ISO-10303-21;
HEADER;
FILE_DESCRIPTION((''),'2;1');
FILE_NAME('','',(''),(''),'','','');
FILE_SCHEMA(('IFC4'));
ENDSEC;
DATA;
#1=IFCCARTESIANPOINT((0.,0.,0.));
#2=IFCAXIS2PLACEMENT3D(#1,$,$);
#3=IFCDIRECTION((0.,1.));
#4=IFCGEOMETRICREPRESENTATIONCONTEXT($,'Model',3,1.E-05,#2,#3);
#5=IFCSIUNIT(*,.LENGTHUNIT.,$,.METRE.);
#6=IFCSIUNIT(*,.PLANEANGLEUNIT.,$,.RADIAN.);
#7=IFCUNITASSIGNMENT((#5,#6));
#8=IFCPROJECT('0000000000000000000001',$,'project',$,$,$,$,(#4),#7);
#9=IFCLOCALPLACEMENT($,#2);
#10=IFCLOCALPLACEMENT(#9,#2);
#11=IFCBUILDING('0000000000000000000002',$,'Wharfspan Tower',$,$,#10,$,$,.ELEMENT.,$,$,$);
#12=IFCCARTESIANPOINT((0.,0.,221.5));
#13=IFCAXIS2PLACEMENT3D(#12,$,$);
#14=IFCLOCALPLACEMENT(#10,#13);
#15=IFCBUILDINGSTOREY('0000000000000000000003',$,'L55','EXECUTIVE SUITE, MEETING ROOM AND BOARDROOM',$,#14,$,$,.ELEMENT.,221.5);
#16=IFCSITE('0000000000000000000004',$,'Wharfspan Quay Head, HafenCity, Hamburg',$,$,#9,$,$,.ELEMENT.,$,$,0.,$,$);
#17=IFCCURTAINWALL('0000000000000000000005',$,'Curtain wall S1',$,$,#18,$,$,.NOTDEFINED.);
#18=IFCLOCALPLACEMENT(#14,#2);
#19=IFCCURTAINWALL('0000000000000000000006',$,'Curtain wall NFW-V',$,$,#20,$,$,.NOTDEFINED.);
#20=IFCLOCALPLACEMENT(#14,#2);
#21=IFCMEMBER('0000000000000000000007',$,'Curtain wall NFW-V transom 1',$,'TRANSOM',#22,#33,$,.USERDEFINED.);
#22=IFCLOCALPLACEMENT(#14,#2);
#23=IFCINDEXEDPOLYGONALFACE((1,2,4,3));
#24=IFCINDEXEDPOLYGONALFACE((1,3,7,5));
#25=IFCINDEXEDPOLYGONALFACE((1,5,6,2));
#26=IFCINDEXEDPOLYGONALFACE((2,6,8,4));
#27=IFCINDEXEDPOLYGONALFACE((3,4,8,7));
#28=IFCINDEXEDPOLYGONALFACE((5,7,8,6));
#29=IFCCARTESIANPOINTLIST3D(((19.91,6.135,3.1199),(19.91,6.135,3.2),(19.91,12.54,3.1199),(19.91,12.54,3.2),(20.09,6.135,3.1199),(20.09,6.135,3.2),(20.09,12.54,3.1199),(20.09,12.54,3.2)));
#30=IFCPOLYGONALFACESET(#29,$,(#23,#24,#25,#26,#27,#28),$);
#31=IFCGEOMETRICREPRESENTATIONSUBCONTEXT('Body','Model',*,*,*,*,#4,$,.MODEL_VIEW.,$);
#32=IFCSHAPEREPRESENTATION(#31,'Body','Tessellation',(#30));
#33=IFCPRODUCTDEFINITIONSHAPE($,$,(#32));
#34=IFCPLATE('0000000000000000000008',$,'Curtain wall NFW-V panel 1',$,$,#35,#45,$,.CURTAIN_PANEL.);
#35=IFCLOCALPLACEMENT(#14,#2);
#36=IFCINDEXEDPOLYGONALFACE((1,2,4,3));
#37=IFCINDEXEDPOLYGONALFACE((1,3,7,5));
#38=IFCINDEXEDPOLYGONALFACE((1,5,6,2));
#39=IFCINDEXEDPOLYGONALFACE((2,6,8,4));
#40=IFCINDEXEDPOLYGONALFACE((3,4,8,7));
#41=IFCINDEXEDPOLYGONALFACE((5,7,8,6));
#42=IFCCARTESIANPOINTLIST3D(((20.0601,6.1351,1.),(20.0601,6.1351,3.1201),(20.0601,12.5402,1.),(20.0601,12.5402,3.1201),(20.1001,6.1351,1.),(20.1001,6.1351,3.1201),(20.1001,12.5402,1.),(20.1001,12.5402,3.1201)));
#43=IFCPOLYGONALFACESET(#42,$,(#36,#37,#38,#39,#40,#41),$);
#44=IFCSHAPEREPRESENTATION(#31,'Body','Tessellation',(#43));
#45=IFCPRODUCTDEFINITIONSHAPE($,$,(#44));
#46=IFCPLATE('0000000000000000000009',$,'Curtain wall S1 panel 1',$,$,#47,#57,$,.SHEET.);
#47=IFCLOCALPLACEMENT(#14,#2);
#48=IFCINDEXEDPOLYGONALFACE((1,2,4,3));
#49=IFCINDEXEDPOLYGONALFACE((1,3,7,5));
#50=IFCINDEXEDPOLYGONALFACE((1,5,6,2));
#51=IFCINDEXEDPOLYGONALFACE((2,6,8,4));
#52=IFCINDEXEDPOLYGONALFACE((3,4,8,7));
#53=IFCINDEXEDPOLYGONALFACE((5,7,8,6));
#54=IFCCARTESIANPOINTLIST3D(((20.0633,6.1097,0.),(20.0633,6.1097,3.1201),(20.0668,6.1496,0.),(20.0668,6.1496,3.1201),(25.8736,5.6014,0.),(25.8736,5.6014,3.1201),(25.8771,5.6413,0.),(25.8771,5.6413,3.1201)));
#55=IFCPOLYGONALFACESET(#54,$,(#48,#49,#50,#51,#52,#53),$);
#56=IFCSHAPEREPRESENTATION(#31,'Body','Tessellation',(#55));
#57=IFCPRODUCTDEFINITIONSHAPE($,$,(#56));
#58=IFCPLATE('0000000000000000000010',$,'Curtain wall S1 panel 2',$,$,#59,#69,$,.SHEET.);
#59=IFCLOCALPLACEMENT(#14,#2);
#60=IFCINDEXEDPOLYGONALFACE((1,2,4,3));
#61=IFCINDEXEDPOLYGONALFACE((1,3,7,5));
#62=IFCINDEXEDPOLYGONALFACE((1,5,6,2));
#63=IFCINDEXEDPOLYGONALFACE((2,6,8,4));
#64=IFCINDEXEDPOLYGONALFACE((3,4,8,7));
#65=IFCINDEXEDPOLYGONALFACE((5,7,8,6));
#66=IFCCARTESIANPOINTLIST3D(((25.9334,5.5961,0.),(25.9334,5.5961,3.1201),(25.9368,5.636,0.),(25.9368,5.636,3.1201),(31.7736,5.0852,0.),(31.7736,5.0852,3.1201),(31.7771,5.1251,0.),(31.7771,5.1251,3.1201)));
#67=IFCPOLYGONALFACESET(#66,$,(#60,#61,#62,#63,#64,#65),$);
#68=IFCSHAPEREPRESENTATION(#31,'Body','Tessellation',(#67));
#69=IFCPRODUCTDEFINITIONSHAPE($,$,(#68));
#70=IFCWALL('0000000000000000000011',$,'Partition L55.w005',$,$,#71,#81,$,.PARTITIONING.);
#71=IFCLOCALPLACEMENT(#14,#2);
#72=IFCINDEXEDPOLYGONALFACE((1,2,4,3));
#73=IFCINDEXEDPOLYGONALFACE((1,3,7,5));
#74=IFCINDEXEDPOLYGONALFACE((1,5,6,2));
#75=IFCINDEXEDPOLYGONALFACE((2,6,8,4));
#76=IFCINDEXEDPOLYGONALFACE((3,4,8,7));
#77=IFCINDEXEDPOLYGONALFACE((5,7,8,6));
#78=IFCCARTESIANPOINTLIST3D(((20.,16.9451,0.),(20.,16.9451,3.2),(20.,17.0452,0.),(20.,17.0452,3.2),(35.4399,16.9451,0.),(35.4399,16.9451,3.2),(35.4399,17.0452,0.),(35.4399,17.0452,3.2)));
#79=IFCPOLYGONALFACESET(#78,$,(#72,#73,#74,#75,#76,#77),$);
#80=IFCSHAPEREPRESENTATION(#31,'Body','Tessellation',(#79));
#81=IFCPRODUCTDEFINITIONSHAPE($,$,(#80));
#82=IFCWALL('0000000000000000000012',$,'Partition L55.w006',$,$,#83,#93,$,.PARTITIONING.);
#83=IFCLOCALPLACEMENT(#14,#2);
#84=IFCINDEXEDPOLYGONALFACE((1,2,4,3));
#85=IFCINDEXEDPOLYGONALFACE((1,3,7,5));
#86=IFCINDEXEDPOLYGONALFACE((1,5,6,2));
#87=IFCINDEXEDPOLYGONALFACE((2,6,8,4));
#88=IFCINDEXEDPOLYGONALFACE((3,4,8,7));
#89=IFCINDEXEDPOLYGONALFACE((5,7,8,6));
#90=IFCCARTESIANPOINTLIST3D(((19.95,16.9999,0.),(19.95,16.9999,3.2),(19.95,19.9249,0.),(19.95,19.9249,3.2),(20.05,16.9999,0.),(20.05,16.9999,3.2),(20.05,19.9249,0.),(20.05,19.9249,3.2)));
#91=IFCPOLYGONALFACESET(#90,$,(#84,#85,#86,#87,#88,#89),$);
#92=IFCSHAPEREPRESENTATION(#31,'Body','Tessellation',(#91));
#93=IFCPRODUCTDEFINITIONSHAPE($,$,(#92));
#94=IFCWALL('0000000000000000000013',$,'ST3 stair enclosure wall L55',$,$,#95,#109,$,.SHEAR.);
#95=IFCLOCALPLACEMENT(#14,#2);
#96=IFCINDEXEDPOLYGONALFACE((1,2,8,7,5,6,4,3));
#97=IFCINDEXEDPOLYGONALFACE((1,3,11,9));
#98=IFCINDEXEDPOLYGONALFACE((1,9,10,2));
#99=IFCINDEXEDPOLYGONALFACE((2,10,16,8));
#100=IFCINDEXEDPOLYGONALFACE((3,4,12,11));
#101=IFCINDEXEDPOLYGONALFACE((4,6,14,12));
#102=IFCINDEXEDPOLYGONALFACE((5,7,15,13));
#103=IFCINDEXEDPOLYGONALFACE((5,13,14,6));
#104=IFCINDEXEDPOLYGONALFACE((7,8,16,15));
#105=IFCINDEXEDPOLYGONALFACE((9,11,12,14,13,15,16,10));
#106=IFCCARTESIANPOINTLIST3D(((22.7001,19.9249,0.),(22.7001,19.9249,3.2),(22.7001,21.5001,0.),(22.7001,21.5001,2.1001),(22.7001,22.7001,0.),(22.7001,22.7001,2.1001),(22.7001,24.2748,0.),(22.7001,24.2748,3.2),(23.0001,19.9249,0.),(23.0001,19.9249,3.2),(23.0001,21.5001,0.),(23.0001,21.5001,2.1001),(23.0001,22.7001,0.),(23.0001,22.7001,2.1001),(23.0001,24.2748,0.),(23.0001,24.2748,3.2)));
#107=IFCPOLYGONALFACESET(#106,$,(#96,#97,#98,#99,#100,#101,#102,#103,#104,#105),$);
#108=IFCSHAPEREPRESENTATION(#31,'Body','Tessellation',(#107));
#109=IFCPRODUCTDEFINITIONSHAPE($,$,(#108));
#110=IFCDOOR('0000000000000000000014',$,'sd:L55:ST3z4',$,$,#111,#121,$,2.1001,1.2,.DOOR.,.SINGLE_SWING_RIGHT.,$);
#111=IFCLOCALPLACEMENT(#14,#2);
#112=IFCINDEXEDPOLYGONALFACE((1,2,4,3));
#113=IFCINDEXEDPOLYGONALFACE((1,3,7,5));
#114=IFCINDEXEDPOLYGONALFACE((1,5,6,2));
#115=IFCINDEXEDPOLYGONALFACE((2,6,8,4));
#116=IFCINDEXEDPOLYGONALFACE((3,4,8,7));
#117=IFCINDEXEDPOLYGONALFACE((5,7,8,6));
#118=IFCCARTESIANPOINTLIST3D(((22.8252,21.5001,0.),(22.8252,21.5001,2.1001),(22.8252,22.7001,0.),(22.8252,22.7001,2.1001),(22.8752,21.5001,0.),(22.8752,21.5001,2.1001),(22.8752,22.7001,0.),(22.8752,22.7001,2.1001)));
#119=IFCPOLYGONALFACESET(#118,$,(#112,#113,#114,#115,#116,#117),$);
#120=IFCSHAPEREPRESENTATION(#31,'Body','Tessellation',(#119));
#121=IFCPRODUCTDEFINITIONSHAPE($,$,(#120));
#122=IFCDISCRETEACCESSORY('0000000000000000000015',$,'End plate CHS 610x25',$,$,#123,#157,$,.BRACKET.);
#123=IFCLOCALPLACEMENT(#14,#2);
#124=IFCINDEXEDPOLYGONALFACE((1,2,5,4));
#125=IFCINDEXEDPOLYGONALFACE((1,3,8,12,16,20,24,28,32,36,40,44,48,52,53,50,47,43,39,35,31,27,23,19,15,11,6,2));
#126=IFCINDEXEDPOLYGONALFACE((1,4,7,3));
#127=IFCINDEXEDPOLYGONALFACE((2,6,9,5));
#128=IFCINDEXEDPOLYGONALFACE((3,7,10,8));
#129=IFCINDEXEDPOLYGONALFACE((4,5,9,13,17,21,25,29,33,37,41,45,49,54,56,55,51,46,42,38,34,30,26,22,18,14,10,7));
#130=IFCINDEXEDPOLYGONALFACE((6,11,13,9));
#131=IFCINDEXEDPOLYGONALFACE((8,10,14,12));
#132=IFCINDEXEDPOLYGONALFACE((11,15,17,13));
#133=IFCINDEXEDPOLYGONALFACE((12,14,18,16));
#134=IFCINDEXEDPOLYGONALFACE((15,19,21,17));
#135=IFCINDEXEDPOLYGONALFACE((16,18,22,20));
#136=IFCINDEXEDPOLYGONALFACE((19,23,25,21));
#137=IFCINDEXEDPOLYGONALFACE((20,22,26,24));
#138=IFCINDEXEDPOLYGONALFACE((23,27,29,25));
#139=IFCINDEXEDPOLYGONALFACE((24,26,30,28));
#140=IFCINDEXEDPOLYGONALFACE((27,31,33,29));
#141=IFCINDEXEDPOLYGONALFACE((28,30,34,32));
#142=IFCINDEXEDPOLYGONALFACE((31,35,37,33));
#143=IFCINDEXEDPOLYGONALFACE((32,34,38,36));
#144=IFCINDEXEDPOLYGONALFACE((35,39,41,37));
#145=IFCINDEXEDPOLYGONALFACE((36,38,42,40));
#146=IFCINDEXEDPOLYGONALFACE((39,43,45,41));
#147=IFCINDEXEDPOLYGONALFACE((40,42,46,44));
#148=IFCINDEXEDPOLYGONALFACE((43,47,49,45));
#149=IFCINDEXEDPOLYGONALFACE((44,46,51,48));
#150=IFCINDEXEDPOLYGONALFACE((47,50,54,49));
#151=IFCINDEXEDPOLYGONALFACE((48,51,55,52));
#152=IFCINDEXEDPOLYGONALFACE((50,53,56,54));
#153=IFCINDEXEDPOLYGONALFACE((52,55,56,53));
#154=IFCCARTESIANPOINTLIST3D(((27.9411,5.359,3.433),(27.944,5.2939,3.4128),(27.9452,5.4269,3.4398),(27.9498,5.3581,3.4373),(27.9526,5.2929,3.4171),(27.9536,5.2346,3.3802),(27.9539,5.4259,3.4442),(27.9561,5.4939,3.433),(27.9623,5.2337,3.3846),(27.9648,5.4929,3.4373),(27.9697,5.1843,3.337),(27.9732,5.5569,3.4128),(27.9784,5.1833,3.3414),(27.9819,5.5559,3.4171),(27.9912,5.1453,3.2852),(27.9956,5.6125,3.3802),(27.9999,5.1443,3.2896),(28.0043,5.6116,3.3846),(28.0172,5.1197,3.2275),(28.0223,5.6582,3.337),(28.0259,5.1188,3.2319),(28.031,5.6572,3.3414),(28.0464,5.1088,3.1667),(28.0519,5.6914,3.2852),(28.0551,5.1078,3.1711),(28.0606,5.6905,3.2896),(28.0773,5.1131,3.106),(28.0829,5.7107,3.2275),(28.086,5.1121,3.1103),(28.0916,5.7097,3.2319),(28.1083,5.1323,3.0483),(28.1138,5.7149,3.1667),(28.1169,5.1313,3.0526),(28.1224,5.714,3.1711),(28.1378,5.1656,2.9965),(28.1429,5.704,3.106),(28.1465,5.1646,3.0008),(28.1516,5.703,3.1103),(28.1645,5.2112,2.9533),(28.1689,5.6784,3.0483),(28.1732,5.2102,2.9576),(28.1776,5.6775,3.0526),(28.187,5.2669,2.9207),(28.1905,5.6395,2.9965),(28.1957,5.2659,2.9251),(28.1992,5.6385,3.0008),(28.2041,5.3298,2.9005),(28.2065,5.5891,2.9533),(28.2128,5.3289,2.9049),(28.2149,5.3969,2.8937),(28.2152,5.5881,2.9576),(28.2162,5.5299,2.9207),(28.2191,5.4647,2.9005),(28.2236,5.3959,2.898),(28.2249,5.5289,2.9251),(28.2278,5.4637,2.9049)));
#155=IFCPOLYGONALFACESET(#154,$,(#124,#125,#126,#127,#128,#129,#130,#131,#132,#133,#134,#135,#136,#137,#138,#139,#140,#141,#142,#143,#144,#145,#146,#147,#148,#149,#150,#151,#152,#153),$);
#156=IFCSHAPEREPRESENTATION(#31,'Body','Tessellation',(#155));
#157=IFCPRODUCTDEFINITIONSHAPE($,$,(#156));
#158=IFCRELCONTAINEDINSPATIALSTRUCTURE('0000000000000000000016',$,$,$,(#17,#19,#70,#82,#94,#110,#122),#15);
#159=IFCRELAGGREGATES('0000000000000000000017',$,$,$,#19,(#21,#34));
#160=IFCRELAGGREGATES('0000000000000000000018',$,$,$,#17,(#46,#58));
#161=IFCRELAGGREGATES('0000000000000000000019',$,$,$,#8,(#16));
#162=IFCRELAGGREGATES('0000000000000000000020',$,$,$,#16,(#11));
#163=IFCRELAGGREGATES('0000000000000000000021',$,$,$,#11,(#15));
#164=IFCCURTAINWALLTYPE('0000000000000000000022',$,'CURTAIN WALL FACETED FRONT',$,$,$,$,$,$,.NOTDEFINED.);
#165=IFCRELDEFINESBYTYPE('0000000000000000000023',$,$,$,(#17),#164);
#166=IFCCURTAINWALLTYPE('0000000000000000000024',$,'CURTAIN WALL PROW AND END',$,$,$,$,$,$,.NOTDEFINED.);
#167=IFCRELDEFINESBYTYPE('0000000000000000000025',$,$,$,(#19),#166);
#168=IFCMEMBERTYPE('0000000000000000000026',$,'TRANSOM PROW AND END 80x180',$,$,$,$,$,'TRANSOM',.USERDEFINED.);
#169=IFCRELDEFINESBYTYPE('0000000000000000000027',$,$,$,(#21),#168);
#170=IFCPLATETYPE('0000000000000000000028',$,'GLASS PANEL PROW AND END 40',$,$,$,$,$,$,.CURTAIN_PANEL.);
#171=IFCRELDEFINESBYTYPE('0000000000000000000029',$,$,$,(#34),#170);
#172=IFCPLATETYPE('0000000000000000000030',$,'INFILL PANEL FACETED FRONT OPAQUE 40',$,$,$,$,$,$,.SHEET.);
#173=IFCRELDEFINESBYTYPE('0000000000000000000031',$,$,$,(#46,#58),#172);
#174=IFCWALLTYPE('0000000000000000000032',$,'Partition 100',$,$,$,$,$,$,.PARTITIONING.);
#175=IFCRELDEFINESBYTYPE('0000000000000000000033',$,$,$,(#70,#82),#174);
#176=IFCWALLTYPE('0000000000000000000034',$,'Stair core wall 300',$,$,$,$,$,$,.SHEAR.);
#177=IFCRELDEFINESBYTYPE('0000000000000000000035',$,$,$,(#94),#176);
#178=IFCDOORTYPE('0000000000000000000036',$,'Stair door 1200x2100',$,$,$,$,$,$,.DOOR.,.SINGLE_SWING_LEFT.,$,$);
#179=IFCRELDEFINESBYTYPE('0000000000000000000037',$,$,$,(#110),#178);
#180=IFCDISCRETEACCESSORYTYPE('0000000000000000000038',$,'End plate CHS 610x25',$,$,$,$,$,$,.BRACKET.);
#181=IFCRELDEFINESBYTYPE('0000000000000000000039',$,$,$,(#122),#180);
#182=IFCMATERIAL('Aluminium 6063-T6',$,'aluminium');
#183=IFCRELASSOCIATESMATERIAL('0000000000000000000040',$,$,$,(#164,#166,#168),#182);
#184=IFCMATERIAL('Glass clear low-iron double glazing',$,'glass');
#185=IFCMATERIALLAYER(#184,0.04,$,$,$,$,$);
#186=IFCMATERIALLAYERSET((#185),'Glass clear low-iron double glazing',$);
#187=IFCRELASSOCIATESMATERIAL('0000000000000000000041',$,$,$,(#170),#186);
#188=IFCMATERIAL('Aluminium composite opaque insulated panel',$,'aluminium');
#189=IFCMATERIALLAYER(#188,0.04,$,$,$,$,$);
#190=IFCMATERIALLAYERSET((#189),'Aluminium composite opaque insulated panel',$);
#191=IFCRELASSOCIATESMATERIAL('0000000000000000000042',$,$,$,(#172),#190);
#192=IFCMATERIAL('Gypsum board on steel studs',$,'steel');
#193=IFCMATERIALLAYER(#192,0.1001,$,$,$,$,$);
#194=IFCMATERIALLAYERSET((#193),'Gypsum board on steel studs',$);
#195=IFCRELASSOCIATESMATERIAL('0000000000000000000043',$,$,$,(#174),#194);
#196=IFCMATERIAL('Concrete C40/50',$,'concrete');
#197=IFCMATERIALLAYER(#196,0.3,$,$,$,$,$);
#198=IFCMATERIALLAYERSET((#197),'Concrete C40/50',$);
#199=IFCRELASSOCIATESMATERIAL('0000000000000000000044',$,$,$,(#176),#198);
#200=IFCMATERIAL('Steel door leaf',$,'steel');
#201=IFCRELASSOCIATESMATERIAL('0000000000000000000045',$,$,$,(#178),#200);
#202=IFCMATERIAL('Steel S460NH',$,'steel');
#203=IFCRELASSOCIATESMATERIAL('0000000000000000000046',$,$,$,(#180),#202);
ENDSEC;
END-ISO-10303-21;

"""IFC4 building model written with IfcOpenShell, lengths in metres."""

from ifc_helpers import new_model, si_unit, direction, frame, frame_2d, origin, origin_2d, place, context, subcontext, project, spatial, rectangle, circle, extrude, material, layer, layer_set, material_profile, profile_set, type_object, element, fill, aggregate, save


model = new_model("IFC4")

# Units and contexts
model_context = context("Model", 3, precision=1e-05, world=origin(), true_north=direction((0.0, 1.0)))
body_context = subcontext(model_context, "Body", "Model", "MODEL_VIEW")
ifc_project = project(units=[si_unit("LENGTHUNIT", "METRE"), si_unit("PLANEANGLEUNIT", "RADIAN")], contexts=[model_context])

# Site, building, storey
site_placement = place(None, origin())
site = spatial("IfcSite", under=ifc_project, at=site_placement, Name="Wharfspan Quay Head, HafenCity, Hamburg", CompositionType="ELEMENT", RefElevation=0.0)
building_placement = place(site_placement, origin())
building = spatial("IfcBuilding", under=site, at=building_placement, Name="Wharfspan Tower", CompositionType="ELEMENT")
storey_placement = place(building_placement, frame((0.0, 0.0, 221.5)))
storey = spatial("IfcBuildingStorey", under=building, at=storey_placement, Name="L55", Description="EXECUTIVE SUITE, MEETING ROOM AND BOARDROOM", CompositionType="ELEMENT", Elevation=221.5)

# Curtain walls
ifc_material_1 = material(Name="Aluminium 6063-T6", Category="aluminium")
curtain_wall_type_1 = type_object("IfcCurtainWallType", Name="CURTAIN WALL FACETED FRONT", PredefinedType="NOTDEFINED", material=ifc_material_1)
curtain_wall_1_placement = place(storey_placement, origin())
curtain_wall_1 = element("IfcCurtainWall", 1, at=curtain_wall_1_placement, inside=storey, type_object=curtain_wall_type_1, Name="Curtain wall S1", PredefinedType="NOTDEFINED")
curtain_wall_type_2 = type_object("IfcCurtainWallType", Name="CURTAIN WALL PROW AND END", PredefinedType="NOTDEFINED", material=ifc_material_1)
curtain_wall_2_placement = place(storey_placement, origin())
curtain_wall_2 = element("IfcCurtainWall", 2, at=curtain_wall_2_placement, inside=storey, type_object=curtain_wall_type_2, Name="Curtain wall NFW-V", PredefinedType="NOTDEFINED")

# Shared definitions
ifc_material_2 = material(Name="Steel S460NH", Category="steel")

# Member
ifc_material_profile_1 = material_profile(ifc_material_1, rectangle(XDim=0.1799, YDim=0.0801, at=origin_2d()))
ifc_profile_set_1 = profile_set([ifc_material_profile_1], Name="Aluminium 6063-T6")
member_type_1 = type_object("IfcMemberType", Name="TRANSOM PROW AND END 80x180", ElementType="TRANSOM", PredefinedType="USERDEFINED", material=ifc_profile_set_1)
member_1_placement = place(storey_placement, frame((20.0, 12.54, 3.1599), z_axis=(0.0, -1.0, 0.0), x_axis=(1.0, 0.0, 0.0)))
member_1 = element("IfcMember", 3, at=member_1_placement, type_object=member_type_1, Name="Curtain wall NFW-V transom 1", ObjectType="TRANSOM", PredefinedType="USERDEFINED", context=body_context, shape_type="SweptSolid", body=[
    extrude(rectangle(XDim=0.1799, YDim=0.0801, at=origin_2d()), origin(), (0.0, 0.0, 1.0), 6.405),
])

# Plates
ifc_material_3 = material(Name="Glass clear low-iron double glazing", Category="glass")
ifc_layer_1 = layer(ifc_material_3, 0.04)
ifc_layer_set_1 = layer_set([ifc_layer_1], Name="Glass clear low-iron double glazing")
plate_type_1 = type_object("IfcPlateType", Name="GLASS PANEL PROW AND END 40", PredefinedType="CURTAIN_PANEL", material=ifc_layer_set_1)
plate_1_placement = place(storey_placement, frame((20.0801, 9.3376, 1.0), z_axis=(0.0, 0.0, 1.0), x_axis=(0.0, -1.0, 0.0)))
plate_1 = element("IfcPlate", 4, at=plate_1_placement, type_object=plate_type_1, Name="Curtain wall NFW-V panel 1", PredefinedType="CURTAIN_PANEL", context=body_context, shape_type="SweptSolid", body=[
    extrude(rectangle(XDim=6.405, YDim=0.04, at=origin_2d()), origin(), (0.0, 0.0, 1.0), 2.1201),
])
aggregate(curtain_wall_2, [member_1, plate_1])
ifc_material_4 = material(Name="Aluminium composite opaque insulated panel", Category="aluminium")
ifc_layer_2 = layer(ifc_material_4, 0.04)
ifc_layer_set_2 = layer_set([ifc_layer_2], Name="Aluminium composite opaque insulated panel")
plate_type_2 = type_object("IfcPlateType", Name="INFILL PANEL FACETED FRONT OPAQUE 40", PredefinedType="SHEET", material=ifc_layer_set_2)
plate_2_placement = place(storey_placement, frame((22.9702, 5.8755, 0.0), z_axis=(0.0, 0.0, 1.0), x_axis=(0.996197, -0.087156, 0.0)))
plate_2 = element("IfcPlate", 5, at=plate_2_placement, type_object=plate_type_2, Name="Curtain wall S1 panel 1", PredefinedType="SHEET", context=body_context, shape_type="SweptSolid", body=[
    extrude(rectangle(XDim=5.8325, YDim=0.04, at=origin_2d()), origin(), (0.0, 0.0, 1.0), 3.1201),
])
plate_3_placement = place(storey_placement, frame((28.8552, 5.3606, 0.0), z_axis=(0.0, 0.0, 1.0), x_axis=(0.996197, -0.087156, 0.0)))
plate_3 = element("IfcPlate", 6, at=plate_3_placement, type_object=plate_type_2, Name="Curtain wall S1 panel 2", PredefinedType="SHEET", context=body_context, shape_type="SweptSolid", body=[
    extrude(rectangle(XDim=5.8625, YDim=0.04, at=origin_2d()), origin(), (0.0, 0.0, 1.0), 3.1201),
])
aggregate(curtain_wall_1, [plate_2, plate_3])

# Walls
ifc_material_5 = material(Name="Gypsum board on steel studs", Category="steel")
ifc_layer_3 = layer(ifc_material_5, 0.1001)
ifc_layer_set_3 = layer_set([ifc_layer_3], Name="Gypsum board on steel studs")
wall_type_1 = type_object("IfcWallType", Name="Partition 100", PredefinedType="PARTITIONING", material=ifc_layer_set_3)
wall_1_placement = place(storey_placement, frame((20.0, 16.9951, 0.0), z_axis=(0.0, 0.0, 1.0), x_axis=(1.0, 0.0, 0.0)))
element("IfcWall", 7, at=wall_1_placement, inside=storey, type_object=wall_type_1, Name="Partition L55.w005", PredefinedType="PARTITIONING", context=body_context, shape_type="SweptSolid", body=[
    extrude(rectangle(XDim=15.4399, YDim=0.1001, at=frame_2d((7.72, 0.0))), origin(), (0.0, 0.0, 1.0), 3.2),
])
wall_2_placement = place(storey_placement, frame((20.0, 17.0, 0.0), z_axis=(0.0, 0.0, 1.0), x_axis=(0.0, 1.0, 0.0)))
element("IfcWall", 8, at=wall_2_placement, inside=storey, type_object=wall_type_1, Name="Partition L55.w006", PredefinedType="PARTITIONING", context=body_context, shape_type="SweptSolid", body=[
    extrude(rectangle(XDim=2.925, YDim=0.1001, at=frame_2d((1.4624, 0.0))), origin(), (0.0, 0.0, 1.0), 3.2),
])

# Wall, opening, door
ifc_material_6 = material(Name="Concrete C40/50", Category="concrete")
ifc_layer_4 = layer(ifc_material_6, 0.3)
ifc_layer_set_4 = layer_set([ifc_layer_4], Name="Concrete C40/50")
wall_type_2 = type_object("IfcWallType", Name="Stair core wall 300", PredefinedType="SHEAR", material=ifc_layer_set_4)
wall_3_placement = place(storey_placement, frame((22.8501, 19.925, 0.0), z_axis=(0.0, 0.0, 1.0), x_axis=(0.0, 1.0, 0.0)))
wall_3 = element("IfcWall", 9, at=wall_3_placement, inside=storey, type_object=wall_type_2, Name="ST3 stair enclosure wall L55", PredefinedType="SHEAR", context=body_context, shape_type="SweptSolid", body=[
    extrude(rectangle(XDim=4.3499, YDim=0.3, at=frame_2d((2.1748, 0.0))), origin(), (0.0, 0.0, 1.0), 3.2),
])
opening_placement = place(wall_3_placement, frame((1.575, 0.0, 0.0)))
opening = element("IfcOpeningElement", 10, at=opening_placement, cuts=wall_3, PredefinedType="OPENING", context=body_context, shape_type="SweptSolid", body=[
    extrude(rectangle(XDim=1.2, YDim=2.1001, at=frame_2d((0.6001, 1.05))), frame((0.0, 0.1599, 0.0), z_axis=(0.0, -1.0, 0.0), x_axis=(1.0, 0.0, 0.0)), (0.0, 0.0, 1.0), 0.3201),
])
ifc_material_7 = material(Name="Steel door leaf", Category="steel")
door_type = type_object("IfcDoorType", Name="Stair door 1200x2100", OperationType="SINGLE_SWING_LEFT", PredefinedType="DOOR", material=ifc_material_7)
door_placement = place(opening_placement, origin())
door = element("IfcDoor", 11, at=door_placement, inside=storey, type_object=door_type, Name="sd:L55:ST3z4", OperationType="SINGLE_SWING_RIGHT", OverallHeight=2.1001, OverallWidth=1.2, PredefinedType="DOOR", context=body_context, shape_type="SweptSolid", body=[
    extrude(rectangle(XDim=1.2, YDim=2.1001, at=frame_2d((0.6001, 1.05))), frame((0.0, 0.0249, 0.0), z_axis=(0.0, -1.0, 0.0), x_axis=(1.0, 0.0, 0.0)), (0.0, 0.0, 1.0), 0.05),
])
fill(opening, door)

# Discrete accessory
ifc_material_profile_2 = material_profile(ifc_material_2, circle(Radius=0.3049, at=origin_2d()))
ifc_profile_set_2 = profile_set([ifc_material_profile_2], Name="Steel S460NH")
discrete_accessory_type = type_object("IfcDiscreteAccessoryType", Name="End plate CHS 610x25", PredefinedType="BRACKET", material=ifc_profile_set_2)
discrete_accessory_1_placement = place(storey_placement, frame((28.0801, 5.4119, 3.1667), z_axis=(0.890043, -0.098894, 0.445021), x_axis=(0.110431, 0.99388, 0.000001)))
element("IfcDiscreteAccessory", 12, at=discrete_accessory_1_placement, inside=storey, type_object=discrete_accessory_type, Name="End plate CHS 610x25", PredefinedType="BRACKET", context=body_context, shape_type="SweptSolid", body=[
    extrude(circle(Radius=0.3049, at=origin_2d()), origin(), (0.0, 0.0, 1.0), 0.0098),
])

save(model, "model.ifc")
